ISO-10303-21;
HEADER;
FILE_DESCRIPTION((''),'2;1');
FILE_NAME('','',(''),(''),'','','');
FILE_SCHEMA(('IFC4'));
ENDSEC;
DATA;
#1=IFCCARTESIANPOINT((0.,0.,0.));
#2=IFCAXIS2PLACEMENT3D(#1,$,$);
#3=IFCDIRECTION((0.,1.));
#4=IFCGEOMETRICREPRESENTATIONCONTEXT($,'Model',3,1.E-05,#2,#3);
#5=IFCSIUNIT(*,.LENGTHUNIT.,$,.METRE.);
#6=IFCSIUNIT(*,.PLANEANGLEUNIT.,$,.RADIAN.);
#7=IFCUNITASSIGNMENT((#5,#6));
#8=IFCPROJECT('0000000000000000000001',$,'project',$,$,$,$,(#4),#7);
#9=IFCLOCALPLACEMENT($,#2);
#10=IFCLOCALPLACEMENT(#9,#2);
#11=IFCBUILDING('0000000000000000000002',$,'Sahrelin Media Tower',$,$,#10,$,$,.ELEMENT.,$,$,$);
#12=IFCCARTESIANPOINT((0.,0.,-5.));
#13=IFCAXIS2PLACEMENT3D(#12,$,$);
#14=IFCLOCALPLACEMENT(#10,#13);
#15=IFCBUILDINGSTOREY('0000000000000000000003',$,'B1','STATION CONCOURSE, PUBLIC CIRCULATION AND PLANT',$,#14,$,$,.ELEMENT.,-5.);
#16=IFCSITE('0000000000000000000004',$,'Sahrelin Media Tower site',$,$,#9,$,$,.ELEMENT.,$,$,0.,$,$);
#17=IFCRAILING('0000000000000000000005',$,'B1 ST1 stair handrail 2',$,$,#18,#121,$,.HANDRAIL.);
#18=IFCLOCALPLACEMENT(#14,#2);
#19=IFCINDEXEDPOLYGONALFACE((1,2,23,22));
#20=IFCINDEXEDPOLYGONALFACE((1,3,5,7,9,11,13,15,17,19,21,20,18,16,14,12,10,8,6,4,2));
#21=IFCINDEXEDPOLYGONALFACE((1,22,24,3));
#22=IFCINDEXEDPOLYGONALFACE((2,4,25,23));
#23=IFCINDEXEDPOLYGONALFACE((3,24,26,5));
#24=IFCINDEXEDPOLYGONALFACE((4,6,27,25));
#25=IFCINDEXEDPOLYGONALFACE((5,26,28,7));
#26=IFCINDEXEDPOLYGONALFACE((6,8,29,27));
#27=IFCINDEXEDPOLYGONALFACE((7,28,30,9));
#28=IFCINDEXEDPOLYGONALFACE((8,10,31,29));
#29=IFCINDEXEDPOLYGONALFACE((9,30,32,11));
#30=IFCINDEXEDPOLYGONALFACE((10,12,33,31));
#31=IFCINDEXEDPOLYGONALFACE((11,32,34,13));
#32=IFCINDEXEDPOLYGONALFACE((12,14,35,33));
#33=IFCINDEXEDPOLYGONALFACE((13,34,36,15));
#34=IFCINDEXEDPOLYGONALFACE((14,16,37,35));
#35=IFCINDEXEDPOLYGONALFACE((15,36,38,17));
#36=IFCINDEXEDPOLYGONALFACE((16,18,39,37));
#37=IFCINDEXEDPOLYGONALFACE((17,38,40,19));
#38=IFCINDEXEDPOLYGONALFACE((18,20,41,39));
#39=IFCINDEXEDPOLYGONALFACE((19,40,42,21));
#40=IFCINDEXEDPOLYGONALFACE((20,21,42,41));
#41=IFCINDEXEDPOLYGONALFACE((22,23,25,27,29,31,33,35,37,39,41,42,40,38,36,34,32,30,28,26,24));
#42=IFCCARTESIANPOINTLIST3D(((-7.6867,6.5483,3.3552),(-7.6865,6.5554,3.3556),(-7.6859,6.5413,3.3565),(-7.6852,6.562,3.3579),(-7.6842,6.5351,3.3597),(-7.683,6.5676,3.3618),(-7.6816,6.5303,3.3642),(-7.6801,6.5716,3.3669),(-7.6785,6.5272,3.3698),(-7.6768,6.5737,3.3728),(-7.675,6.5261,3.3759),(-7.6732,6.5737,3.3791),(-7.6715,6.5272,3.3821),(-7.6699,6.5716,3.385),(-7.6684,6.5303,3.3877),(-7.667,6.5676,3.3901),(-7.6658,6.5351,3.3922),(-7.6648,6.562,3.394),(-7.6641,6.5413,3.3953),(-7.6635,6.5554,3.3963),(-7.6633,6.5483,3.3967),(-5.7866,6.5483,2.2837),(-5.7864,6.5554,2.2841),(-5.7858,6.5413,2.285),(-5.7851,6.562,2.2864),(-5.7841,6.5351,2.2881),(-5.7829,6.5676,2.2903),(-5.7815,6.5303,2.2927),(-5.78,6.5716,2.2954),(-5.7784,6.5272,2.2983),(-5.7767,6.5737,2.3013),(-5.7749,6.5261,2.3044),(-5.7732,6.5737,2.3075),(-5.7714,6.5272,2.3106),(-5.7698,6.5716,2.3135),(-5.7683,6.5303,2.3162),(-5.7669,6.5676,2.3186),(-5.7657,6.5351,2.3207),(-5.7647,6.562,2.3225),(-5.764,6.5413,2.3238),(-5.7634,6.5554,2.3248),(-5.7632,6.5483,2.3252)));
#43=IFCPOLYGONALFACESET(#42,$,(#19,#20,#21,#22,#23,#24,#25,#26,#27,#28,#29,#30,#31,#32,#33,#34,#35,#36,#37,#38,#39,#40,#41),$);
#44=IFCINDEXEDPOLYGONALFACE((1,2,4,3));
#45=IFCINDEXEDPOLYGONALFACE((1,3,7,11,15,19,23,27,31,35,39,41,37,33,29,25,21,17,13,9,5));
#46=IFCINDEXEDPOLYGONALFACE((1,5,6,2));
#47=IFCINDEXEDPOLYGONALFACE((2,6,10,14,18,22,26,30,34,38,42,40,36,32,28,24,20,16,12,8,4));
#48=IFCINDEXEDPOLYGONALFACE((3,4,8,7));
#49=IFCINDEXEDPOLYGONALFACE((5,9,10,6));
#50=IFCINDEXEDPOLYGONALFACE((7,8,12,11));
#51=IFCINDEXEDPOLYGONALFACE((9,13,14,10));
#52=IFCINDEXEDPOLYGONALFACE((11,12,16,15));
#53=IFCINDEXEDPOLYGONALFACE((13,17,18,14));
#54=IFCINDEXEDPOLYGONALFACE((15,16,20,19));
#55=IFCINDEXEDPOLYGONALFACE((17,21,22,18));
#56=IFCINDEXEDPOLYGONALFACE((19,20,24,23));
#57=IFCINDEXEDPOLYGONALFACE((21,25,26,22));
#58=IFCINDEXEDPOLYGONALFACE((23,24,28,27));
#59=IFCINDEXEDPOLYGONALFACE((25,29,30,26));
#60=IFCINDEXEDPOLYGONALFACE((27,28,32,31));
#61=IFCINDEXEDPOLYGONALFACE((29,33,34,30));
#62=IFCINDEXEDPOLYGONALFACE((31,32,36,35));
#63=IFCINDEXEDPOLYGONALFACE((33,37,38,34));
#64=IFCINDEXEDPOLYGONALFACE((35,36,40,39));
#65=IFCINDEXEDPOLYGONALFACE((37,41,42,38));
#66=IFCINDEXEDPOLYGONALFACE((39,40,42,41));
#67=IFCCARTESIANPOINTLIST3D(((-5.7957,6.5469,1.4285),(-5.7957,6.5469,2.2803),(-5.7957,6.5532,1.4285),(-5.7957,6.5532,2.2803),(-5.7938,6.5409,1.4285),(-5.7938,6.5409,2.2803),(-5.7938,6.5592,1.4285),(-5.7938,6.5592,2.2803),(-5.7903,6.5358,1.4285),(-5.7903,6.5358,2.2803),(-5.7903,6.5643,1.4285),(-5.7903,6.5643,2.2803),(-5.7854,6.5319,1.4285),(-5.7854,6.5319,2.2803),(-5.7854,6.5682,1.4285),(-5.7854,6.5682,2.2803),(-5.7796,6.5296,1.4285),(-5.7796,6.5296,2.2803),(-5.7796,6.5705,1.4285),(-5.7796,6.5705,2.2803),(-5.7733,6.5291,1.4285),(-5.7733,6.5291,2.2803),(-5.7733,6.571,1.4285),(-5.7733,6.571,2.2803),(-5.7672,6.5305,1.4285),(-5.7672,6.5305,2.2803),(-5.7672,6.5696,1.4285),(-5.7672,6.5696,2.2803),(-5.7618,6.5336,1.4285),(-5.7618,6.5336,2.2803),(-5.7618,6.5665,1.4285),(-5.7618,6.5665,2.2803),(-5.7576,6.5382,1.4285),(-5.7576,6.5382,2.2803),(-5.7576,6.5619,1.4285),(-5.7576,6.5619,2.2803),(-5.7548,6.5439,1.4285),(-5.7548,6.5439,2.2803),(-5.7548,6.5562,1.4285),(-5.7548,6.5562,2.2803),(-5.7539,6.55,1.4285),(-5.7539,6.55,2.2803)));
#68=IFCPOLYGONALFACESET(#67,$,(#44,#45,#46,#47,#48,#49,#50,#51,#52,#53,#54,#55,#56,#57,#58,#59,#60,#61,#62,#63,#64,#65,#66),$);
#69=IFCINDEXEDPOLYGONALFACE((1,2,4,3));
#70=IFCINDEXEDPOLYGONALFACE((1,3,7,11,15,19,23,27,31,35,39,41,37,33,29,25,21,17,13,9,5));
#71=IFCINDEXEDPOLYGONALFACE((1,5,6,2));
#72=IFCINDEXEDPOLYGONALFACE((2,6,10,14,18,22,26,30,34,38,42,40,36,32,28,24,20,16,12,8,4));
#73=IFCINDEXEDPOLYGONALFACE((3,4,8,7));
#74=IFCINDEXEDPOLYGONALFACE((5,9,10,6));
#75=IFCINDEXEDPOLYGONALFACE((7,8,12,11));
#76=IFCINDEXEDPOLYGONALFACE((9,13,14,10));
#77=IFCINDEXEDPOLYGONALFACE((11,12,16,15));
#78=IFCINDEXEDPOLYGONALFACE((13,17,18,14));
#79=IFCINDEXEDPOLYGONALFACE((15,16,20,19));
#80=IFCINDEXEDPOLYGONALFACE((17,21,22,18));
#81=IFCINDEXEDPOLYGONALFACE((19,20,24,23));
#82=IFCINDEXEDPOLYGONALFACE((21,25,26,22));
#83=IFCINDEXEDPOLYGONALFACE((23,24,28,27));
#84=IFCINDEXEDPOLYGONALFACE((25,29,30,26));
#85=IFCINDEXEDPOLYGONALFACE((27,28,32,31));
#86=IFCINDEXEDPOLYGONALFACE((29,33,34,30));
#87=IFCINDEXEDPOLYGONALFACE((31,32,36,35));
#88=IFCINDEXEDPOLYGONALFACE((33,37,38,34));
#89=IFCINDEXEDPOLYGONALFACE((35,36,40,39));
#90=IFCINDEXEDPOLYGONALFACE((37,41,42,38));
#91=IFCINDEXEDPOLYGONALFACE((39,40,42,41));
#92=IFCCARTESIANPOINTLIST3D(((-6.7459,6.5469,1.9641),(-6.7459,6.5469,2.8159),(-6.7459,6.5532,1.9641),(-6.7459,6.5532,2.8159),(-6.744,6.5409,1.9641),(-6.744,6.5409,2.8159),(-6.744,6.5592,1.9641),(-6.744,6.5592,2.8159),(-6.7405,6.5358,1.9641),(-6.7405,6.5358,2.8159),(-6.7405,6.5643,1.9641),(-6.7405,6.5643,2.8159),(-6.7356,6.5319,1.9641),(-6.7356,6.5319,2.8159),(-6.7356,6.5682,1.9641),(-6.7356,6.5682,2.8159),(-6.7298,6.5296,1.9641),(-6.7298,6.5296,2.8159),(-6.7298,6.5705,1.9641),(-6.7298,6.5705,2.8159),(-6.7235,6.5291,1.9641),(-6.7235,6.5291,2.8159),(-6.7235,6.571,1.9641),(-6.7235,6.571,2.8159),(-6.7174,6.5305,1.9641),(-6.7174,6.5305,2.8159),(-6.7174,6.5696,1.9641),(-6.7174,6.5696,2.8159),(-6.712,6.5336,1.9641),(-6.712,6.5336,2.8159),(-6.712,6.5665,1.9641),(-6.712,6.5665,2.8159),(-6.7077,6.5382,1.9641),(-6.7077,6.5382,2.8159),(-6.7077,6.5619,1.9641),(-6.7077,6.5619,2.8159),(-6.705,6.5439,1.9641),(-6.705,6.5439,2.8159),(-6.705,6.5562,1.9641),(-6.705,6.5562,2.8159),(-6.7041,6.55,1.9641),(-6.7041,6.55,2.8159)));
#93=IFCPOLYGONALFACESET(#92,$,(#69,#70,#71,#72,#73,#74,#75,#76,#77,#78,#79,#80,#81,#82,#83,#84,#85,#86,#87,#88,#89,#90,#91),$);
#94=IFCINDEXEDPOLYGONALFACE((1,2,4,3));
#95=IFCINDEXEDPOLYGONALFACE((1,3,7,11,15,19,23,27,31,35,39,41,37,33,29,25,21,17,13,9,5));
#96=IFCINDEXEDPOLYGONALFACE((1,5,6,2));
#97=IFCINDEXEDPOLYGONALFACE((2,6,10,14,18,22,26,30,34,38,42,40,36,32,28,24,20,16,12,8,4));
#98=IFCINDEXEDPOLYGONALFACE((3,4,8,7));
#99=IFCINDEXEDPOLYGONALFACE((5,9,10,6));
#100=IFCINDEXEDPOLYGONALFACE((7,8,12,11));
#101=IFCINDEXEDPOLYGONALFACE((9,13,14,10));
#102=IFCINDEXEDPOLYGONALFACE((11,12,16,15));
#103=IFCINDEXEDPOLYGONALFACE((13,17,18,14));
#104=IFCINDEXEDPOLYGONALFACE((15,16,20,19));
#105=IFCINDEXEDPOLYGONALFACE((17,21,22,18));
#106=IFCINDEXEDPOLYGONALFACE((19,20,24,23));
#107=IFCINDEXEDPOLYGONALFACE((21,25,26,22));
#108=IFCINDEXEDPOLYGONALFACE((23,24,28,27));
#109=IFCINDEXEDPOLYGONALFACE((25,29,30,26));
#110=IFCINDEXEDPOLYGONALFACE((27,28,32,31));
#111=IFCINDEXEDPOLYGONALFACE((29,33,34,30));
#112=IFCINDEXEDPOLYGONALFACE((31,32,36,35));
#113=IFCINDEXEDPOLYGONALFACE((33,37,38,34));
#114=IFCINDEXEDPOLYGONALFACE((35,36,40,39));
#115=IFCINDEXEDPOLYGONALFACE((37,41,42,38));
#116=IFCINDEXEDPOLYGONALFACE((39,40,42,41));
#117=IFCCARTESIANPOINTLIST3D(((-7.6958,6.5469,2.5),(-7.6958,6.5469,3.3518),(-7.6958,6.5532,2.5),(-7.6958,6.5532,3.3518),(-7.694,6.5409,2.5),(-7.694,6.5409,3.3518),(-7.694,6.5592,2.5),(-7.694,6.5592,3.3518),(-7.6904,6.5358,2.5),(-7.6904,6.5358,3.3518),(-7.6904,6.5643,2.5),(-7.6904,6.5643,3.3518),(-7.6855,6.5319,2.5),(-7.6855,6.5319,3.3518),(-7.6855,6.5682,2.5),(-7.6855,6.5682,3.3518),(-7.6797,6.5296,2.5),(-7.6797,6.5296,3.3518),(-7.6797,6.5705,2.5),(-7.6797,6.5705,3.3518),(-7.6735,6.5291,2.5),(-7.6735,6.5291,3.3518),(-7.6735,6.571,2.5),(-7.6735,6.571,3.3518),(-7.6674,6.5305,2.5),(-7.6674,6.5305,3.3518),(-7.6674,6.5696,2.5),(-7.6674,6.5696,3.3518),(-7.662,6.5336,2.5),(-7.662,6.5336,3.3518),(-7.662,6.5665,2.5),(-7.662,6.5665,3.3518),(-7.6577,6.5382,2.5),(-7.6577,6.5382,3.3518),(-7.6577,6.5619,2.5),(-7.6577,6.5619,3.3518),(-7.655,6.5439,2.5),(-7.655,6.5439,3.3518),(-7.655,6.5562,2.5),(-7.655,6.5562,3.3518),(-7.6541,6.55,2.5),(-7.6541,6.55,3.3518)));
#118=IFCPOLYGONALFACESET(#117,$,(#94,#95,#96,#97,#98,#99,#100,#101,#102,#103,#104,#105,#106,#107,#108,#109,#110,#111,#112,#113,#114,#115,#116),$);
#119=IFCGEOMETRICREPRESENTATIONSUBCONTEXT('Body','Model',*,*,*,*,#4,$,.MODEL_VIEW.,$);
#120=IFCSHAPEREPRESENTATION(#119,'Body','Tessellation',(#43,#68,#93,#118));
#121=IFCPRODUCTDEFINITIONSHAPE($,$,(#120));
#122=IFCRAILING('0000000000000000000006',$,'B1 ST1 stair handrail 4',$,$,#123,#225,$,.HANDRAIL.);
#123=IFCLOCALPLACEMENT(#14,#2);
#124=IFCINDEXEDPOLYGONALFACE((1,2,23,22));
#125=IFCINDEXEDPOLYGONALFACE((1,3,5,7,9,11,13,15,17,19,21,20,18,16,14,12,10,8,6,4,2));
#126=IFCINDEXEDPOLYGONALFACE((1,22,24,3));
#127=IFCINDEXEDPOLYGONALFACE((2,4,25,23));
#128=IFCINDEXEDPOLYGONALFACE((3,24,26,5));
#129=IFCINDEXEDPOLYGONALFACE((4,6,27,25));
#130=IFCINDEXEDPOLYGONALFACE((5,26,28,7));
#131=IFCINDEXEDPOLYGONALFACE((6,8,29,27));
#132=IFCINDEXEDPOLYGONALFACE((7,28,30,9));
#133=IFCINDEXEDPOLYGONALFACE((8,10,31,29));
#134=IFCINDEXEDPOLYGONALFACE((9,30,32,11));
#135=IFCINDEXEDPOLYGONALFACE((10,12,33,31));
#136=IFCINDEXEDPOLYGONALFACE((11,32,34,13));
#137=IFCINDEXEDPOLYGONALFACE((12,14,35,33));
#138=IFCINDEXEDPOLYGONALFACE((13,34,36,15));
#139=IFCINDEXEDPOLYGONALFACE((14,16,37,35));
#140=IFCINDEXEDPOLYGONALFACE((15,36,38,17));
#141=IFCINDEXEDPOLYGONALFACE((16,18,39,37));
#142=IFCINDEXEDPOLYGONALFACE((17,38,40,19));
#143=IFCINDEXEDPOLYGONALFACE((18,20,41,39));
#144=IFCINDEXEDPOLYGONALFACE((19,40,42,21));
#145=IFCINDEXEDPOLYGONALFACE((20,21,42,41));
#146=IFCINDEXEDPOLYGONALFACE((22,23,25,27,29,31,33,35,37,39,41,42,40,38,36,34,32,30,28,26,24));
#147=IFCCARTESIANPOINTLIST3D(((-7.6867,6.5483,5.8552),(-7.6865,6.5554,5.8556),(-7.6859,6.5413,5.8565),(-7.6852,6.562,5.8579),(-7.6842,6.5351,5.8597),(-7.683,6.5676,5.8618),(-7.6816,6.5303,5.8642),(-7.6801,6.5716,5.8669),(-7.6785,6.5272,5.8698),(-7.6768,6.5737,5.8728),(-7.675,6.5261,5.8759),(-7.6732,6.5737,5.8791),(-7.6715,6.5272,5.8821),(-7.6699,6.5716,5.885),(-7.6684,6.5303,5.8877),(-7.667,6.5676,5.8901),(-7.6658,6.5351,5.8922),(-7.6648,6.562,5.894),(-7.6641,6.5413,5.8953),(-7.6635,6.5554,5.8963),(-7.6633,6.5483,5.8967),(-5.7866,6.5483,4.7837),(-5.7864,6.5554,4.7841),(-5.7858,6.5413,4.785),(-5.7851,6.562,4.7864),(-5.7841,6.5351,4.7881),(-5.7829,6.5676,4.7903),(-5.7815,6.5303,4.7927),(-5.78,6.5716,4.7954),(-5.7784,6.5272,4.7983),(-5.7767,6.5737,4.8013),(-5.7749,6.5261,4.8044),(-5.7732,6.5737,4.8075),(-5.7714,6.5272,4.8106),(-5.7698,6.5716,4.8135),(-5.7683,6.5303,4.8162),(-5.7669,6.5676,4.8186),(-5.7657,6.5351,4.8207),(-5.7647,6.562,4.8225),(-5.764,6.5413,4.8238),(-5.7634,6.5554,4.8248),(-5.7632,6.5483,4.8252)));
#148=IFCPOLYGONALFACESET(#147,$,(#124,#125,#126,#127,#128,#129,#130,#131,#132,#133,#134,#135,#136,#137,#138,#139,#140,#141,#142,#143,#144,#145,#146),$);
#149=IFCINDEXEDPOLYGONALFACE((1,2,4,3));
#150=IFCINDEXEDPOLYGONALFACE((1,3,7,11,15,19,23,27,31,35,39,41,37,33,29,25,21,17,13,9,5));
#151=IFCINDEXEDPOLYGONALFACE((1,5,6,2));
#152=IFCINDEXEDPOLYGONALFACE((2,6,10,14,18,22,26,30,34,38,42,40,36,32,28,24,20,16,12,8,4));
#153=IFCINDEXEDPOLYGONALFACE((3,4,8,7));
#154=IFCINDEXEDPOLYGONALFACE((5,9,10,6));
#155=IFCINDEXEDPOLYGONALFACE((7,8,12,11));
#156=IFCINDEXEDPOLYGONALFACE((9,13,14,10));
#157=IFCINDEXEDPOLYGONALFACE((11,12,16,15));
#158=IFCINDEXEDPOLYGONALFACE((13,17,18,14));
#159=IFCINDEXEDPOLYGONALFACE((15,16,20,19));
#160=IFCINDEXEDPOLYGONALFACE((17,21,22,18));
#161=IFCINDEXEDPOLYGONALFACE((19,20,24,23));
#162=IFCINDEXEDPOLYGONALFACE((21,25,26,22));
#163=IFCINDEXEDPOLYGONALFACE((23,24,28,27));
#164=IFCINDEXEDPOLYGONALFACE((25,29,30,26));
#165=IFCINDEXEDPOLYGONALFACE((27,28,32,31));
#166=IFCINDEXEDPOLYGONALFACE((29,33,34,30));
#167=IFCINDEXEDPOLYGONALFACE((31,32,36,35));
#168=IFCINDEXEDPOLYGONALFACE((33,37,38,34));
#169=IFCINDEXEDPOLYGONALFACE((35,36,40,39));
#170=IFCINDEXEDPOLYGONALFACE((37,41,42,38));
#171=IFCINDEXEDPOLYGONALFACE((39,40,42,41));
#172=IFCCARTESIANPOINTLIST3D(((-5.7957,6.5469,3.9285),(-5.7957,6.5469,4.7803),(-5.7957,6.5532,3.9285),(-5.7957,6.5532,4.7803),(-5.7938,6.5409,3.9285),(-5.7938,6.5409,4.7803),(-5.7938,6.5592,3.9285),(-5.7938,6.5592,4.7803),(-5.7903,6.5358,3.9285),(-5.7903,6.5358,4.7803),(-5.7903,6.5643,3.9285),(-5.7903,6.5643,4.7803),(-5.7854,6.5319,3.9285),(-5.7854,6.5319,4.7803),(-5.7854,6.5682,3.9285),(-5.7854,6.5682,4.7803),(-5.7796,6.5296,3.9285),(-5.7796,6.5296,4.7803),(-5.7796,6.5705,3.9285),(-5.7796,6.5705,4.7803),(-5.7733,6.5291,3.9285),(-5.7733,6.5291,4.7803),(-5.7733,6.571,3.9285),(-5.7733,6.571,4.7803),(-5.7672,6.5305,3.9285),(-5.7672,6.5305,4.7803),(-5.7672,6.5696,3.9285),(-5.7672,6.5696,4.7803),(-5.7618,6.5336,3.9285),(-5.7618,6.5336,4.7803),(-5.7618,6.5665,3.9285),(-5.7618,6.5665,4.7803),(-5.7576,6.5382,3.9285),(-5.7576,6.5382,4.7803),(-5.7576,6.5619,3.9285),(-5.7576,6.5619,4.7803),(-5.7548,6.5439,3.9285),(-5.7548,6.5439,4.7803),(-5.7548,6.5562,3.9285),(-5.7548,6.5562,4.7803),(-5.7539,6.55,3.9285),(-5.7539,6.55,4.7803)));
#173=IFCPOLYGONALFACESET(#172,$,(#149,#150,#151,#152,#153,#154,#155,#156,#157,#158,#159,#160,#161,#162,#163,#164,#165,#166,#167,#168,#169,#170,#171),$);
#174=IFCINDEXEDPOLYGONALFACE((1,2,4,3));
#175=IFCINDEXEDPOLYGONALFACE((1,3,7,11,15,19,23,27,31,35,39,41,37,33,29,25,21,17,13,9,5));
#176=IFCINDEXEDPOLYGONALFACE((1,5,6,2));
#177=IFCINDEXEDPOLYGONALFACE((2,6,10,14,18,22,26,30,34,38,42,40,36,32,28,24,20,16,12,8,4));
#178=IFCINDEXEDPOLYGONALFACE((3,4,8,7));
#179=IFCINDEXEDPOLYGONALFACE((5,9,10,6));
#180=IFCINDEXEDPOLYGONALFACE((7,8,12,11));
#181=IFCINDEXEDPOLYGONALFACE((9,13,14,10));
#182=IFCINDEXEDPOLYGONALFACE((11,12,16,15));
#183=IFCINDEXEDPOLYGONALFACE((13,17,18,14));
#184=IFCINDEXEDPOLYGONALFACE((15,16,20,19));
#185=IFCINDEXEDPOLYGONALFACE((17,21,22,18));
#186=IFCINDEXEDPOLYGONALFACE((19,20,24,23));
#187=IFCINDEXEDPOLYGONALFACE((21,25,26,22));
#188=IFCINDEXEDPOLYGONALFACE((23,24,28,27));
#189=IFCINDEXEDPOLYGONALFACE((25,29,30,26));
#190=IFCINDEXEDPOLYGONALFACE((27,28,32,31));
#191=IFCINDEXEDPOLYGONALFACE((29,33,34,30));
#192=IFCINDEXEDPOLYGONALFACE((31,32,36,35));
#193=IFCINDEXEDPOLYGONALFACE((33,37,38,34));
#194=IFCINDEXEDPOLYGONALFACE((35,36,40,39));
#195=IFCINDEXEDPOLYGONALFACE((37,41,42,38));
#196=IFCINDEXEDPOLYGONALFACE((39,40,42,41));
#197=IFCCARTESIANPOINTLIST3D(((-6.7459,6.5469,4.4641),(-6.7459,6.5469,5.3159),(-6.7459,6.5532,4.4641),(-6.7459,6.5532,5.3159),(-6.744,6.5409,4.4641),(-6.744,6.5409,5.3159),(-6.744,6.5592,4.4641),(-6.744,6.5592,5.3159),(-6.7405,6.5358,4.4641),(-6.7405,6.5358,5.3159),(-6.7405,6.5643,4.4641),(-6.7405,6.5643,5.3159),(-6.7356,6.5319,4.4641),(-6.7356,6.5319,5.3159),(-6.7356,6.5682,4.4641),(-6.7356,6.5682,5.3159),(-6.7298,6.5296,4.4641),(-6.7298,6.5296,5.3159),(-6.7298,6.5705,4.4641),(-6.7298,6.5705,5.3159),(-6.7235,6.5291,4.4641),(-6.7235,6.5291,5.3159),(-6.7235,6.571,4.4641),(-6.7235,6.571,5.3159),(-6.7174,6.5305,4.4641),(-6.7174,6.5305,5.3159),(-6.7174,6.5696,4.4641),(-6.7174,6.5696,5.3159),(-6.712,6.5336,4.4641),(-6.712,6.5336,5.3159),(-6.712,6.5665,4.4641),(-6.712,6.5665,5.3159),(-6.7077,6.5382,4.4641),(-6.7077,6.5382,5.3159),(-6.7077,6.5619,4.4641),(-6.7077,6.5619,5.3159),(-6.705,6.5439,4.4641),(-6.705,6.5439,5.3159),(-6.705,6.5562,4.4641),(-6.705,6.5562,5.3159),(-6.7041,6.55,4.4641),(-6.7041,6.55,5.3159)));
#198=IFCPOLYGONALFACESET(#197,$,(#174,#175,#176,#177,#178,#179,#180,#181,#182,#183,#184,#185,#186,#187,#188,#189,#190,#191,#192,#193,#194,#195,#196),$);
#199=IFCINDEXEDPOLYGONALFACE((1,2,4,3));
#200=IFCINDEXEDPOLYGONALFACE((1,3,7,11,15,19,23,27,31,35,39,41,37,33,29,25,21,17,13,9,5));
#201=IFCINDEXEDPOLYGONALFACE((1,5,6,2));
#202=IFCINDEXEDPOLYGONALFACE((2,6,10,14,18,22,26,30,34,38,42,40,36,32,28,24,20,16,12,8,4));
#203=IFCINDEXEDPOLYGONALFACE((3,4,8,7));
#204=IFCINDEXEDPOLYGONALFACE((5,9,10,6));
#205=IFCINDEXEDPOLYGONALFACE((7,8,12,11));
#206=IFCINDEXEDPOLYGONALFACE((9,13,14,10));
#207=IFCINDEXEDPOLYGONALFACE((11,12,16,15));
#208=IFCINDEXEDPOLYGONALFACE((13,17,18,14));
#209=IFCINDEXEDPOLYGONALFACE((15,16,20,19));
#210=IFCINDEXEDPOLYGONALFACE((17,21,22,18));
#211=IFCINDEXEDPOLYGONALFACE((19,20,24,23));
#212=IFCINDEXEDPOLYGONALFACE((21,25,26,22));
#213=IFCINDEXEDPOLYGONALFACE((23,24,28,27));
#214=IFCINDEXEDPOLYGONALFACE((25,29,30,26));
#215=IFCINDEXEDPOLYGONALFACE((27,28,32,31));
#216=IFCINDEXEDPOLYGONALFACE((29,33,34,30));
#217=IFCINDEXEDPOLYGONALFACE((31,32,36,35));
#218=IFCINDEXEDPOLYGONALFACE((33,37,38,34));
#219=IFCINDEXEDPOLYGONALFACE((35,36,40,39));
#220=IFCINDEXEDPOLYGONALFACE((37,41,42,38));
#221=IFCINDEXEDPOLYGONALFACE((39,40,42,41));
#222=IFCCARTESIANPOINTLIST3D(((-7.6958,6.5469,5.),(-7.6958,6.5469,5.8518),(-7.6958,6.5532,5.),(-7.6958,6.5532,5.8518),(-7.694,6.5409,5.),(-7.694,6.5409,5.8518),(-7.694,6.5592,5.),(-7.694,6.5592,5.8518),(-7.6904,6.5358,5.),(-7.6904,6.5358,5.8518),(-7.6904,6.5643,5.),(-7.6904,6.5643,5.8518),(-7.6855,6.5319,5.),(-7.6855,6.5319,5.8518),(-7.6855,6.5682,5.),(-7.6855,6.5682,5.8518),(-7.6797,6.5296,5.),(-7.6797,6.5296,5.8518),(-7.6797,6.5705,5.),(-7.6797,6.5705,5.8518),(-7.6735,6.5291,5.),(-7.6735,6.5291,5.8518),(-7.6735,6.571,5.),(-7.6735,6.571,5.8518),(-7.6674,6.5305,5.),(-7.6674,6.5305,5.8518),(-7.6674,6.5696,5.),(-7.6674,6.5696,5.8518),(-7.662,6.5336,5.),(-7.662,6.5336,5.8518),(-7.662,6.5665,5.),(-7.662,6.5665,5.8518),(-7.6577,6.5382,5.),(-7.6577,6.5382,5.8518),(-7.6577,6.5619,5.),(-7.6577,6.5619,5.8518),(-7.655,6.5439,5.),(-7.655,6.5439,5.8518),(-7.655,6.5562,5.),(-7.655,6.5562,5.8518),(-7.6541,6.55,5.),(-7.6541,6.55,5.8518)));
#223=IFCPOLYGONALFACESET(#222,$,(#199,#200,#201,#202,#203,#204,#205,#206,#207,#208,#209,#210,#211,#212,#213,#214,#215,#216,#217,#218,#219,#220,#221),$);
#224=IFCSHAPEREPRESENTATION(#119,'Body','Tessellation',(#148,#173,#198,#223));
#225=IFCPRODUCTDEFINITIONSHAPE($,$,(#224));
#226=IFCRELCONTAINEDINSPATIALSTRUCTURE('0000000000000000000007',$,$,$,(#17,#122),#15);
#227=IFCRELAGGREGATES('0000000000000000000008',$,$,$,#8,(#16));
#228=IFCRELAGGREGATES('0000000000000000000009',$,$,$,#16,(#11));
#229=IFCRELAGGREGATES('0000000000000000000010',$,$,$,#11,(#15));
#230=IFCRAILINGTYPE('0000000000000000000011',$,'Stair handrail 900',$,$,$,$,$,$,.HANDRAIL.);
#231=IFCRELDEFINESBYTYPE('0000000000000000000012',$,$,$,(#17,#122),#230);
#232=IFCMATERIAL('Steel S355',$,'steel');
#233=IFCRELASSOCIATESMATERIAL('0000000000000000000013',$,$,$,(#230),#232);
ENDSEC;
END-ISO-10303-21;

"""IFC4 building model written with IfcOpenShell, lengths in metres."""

from ifc_helpers import new_model, si_unit, direction, frame, origin, origin_2d, place, context, subcontext, project, spatial, circle, extrude, material, type_object, element, save


model = new_model("IFC4")

# Units and contexts
model_context = context("Model", 3, precision=1e-05, world=origin(), true_north=direction((0.0, 1.0)))
body_context = subcontext(model_context, "Body", "Model", "MODEL_VIEW")
ifc_project = project(units=[si_unit("LENGTHUNIT", "METRE"), si_unit("PLANEANGLEUNIT", "RADIAN")], contexts=[model_context])

# Site, building, storey
site_placement = place(None, origin())
site = spatial("IfcSite", under=ifc_project, at=site_placement, Name="Sahrelin Media Tower site", CompositionType="ELEMENT", RefElevation=0.0)
building_placement = place(site_placement, origin())
building = spatial("IfcBuilding", under=site, at=building_placement, Name="Sahrelin Media Tower", CompositionType="ELEMENT")
storey_placement = place(building_placement, frame((0.0, 0.0, -5.0)))
storey = spatial("IfcBuildingStorey", under=building, at=storey_placement, Name="B1", Description="STATION CONCOURSE, PUBLIC CIRCULATION AND PLANT", CompositionType="ELEMENT", Elevation=-5.0)

# Railings
ifc_material_1 = material(Name="Steel S355", Category="steel")
railing_type_1 = type_object("IfcRailingType", Name="Stair handrail 900", PredefinedType="HANDRAIL", material=ifc_material_1)
for number, where, name in (
    (1, (-5.7749, 6.55, 1.4285), "B1 ST1 stair handrail 2"),
    (2, (-5.7749, 6.55, 3.9285), "B1 ST1 stair handrail 4"),
):
    element("IfcRailing", number, at=place(storey_placement, frame(where)), inside=storey, type_object=railing_type_1, Name=name, PredefinedType="HANDRAIL", context=body_context, shape_type="SweptSolid", body=[
        extrude(circle(Radius=0.0239, at=origin_2d()), frame((0.0, 0.0, 0.876), z_axis=(-0.871046, 0.0, 0.491201), x_axis=(0.0, -1.0, 0.0)), (0.0, 0.0, 1.0), 2.1814),
        extrude(circle(Radius=0.021, at=origin_2d()), origin(), (0.0, 0.0, 1.0), 0.8518),
        extrude(circle(Radius=0.021, at=origin_2d()), frame((-0.9502, 0.0, 0.5356)), (0.0, 0.0, 1.0), 0.8518),
        extrude(circle(Radius=0.021, at=origin_2d()), frame((-1.9001, 0.0, 1.0715)), (0.0, 0.0, 1.0), 0.8518),
    ])

save(model, "model.ifc")
